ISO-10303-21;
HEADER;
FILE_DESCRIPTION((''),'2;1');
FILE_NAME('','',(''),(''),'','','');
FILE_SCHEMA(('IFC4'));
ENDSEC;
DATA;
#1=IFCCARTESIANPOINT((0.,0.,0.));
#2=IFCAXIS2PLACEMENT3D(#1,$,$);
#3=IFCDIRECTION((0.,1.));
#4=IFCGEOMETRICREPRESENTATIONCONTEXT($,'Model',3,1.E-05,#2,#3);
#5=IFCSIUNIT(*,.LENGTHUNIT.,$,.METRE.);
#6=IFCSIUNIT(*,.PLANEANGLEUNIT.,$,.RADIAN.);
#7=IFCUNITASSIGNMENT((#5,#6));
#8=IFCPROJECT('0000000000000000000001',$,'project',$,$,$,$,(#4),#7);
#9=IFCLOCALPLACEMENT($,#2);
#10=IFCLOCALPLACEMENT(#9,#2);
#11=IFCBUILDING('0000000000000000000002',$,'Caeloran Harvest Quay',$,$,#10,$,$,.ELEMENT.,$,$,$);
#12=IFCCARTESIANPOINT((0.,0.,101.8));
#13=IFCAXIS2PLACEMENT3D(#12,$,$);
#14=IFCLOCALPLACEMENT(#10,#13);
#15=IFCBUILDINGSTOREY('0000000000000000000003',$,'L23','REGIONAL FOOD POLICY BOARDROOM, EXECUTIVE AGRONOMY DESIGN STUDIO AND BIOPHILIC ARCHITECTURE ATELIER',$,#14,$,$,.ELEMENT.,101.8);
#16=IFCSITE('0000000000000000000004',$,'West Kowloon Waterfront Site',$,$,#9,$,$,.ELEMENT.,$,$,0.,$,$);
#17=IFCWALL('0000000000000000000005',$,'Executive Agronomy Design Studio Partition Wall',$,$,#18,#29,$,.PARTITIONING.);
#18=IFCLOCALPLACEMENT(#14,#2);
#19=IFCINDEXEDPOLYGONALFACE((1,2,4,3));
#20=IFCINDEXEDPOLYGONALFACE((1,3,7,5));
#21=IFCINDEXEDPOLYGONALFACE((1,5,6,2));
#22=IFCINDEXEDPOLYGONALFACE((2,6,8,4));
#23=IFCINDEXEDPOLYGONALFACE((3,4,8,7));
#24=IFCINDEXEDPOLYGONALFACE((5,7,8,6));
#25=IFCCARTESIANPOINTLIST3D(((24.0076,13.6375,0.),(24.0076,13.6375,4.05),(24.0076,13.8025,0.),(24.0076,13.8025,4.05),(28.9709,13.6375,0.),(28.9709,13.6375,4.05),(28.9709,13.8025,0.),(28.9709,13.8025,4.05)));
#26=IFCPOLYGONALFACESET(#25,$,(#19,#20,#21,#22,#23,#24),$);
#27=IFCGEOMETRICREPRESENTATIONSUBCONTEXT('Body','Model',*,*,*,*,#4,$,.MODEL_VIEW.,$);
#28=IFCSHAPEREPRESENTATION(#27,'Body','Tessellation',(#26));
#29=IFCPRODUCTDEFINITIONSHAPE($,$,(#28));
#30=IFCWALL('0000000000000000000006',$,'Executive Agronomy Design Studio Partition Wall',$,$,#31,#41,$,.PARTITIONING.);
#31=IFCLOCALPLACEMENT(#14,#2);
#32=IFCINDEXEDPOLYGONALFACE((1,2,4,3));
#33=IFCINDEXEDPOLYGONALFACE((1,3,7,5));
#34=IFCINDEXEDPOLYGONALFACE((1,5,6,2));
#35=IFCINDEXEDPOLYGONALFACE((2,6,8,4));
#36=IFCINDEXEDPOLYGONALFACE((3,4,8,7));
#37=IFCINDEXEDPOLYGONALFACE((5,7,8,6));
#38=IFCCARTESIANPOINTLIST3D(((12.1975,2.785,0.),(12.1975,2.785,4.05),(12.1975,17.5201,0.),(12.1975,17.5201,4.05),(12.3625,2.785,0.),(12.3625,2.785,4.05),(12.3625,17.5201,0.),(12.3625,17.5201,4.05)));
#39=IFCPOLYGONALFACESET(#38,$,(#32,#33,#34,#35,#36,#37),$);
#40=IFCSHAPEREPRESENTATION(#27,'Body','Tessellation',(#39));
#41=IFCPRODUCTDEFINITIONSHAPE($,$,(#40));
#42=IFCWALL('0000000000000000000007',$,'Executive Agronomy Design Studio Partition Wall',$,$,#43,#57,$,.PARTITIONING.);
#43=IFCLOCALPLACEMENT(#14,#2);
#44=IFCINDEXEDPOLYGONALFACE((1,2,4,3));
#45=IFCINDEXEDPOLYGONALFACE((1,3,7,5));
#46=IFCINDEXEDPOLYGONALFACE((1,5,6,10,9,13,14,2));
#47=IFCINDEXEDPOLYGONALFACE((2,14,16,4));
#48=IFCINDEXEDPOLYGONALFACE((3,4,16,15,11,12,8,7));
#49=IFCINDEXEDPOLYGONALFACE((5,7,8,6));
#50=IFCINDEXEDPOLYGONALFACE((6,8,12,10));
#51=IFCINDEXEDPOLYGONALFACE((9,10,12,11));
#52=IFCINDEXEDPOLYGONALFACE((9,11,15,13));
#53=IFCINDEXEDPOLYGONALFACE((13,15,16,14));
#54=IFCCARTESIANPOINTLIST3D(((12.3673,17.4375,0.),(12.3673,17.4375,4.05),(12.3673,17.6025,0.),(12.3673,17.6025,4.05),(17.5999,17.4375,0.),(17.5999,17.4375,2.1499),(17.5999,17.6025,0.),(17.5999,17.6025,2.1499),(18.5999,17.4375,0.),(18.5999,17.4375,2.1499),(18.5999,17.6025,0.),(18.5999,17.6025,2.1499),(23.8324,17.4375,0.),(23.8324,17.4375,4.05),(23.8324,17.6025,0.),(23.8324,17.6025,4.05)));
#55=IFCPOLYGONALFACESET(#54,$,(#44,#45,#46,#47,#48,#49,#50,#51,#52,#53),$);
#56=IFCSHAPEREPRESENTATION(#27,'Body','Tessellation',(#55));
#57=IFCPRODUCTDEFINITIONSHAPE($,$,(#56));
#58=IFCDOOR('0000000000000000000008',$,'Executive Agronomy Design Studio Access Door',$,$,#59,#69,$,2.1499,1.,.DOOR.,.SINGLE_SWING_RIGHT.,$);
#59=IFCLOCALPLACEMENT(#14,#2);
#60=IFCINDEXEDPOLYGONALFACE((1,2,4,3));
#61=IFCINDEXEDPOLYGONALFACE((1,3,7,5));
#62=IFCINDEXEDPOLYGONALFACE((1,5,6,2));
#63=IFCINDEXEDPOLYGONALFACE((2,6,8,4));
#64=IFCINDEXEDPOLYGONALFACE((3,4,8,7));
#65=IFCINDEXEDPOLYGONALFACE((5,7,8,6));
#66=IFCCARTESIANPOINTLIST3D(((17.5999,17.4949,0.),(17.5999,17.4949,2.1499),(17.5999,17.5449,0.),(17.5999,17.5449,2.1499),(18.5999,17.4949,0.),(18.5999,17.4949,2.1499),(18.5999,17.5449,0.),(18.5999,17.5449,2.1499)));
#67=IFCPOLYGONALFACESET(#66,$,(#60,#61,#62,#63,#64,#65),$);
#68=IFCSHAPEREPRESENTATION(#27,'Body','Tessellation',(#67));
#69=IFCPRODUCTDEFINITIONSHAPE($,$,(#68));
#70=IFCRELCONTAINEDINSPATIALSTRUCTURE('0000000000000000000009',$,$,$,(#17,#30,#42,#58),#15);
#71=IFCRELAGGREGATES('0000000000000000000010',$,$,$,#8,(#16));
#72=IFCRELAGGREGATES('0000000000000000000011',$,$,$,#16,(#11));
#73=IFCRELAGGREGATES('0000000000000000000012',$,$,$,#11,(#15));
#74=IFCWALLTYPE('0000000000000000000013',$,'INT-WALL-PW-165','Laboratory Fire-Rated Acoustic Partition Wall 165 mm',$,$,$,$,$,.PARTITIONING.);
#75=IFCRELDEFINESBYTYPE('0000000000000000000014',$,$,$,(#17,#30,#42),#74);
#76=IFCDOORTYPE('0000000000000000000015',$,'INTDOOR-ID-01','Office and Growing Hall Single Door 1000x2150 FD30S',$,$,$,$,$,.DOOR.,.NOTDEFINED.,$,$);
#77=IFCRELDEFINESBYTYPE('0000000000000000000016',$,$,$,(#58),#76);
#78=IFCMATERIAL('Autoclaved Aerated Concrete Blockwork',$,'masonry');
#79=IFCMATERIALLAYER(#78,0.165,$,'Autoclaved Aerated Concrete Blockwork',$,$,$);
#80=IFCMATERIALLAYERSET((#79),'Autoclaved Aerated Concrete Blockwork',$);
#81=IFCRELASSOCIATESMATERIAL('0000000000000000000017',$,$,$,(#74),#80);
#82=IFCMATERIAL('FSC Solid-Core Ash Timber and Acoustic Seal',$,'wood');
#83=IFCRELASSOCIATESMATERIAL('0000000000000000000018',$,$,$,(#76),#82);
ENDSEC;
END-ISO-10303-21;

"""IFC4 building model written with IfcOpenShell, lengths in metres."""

from ifc_helpers import new_model, si_unit, direction, frame, frame_2d, origin, place, context, subcontext, project, spatial, rectangle, extrude, material, layer, layer_set, type_object, element, fill, save


model = new_model("IFC4")

# Units and contexts
model_context = context("Model", 3, precision=1e-05, world=origin(), true_north=direction((0.0, 1.0)))
body_context = subcontext(model_context, "Body", "Model", "MODEL_VIEW")
ifc_project = project(units=[si_unit("LENGTHUNIT", "METRE"), si_unit("PLANEANGLEUNIT", "RADIAN")], contexts=[model_context])

# Site, building, storey
site_placement = place(None, origin())
site = spatial("IfcSite", under=ifc_project, at=site_placement, Name="West Kowloon Waterfront Site", CompositionType="ELEMENT", RefElevation=0.0)
building_placement = place(site_placement, origin())
building = spatial("IfcBuilding", under=site, at=building_placement, Name="Caeloran Harvest Quay", CompositionType="ELEMENT")
storey_placement = place(building_placement, frame((0.0, 0.0, 101.8)))
storey = spatial("IfcBuildingStorey", under=building, at=storey_placement, Name="L23", Description="REGIONAL FOOD POLICY BOARDROOM, EXECUTIVE AGRONOMY DESIGN STUDIO AND BIOPHILIC ARCHITECTURE ATELIER", CompositionType="ELEMENT", Elevation=101.8)

# Walls
ifc_material_1 = material(Name="Autoclaved Aerated Concrete Blockwork", Category="masonry")
ifc_layer_1 = layer(ifc_material_1, 0.165, Name="Autoclaved Aerated Concrete Blockwork")
ifc_layer_set_1 = layer_set([ifc_layer_1], Name="Autoclaved Aerated Concrete Blockwork")
wall_type_1 = type_object("IfcWallType", Name="INT-WALL-PW-165", Description="Laboratory Fire-Rated Acoustic Partition Wall 165 mm", PredefinedType="PARTITIONING", material=ifc_layer_set_1)
wall_1_placement = place(storey_placement, frame((24.0076, 13.72, 0.0), z_axis=(0.0, 0.0, 1.0), x_axis=(1.0, 0.0, 0.0)))
element("IfcWall", 1, at=wall_1_placement, inside=storey, type_object=wall_type_1, Name="Executive Agronomy Design Studio Partition Wall", PredefinedType="PARTITIONING", context=body_context, shape_type="SweptSolid", body=[
    extrude(rectangle(XDim=4.9634, YDim=0.165, at=frame_2d((2.4817, 0.0))), origin(), (0.0, 0.0, 1.0), 4.05),
])
wall_2_placement = place(storey_placement, frame((12.28, 2.7849, 0.0), z_axis=(0.0, 0.0, 1.0), x_axis=(0.0, 1.0, 0.0)))
element("IfcWall", 2, at=wall_2_placement, inside=storey, type_object=wall_type_1, Name="Executive Agronomy Design Studio Partition Wall", PredefinedType="PARTITIONING", context=body_context, shape_type="SweptSolid", body=[
    extrude(rectangle(XDim=14.7351, YDim=0.165, at=frame_2d((7.3677, 0.0))), origin(), (0.0, 0.0, 1.0), 4.05),
])

# Wall, opening, door
wall_3_placement = place(storey_placement, frame((12.3674, 17.52, 0.0), z_axis=(0.0, 0.0, 1.0), x_axis=(1.0, 0.0, 0.0)))
wall_3 = element("IfcWall", 3, at=wall_3_placement, inside=storey, type_object=wall_type_1, Name="Executive Agronomy Design Studio Partition Wall", PredefinedType="PARTITIONING", context=body_context, shape_type="SweptSolid", body=[
    extrude(rectangle(XDim=11.4651, YDim=0.165, at=frame_2d((5.7324, 0.0))), origin(), (0.0, 0.0, 1.0), 4.05),
])
opening_1_placement = place(wall_3_placement, frame((5.2324, 0.0, 0.0)))
opening_1 = element("IfcOpeningElement", 4, at=opening_1_placement, cuts=wall_3, PredefinedType="OPENING", context=body_context, shape_type="SweptSolid", body=[
    extrude(rectangle(XDim=1.0, YDim=2.1499, at=frame_2d((0.5, 1.075))), frame((0.0, 0.0925, 0.0), z_axis=(0.0, -1.0, 0.0), x_axis=(1.0, 0.0, 0.0)), (0.0, 0.0, 1.0), 0.1851),
])
ifc_material_2 = material(Name="FSC Solid-Core Ash Timber and Acoustic Seal", Category="wood")
door_type = type_object("IfcDoorType", Name="INTDOOR-ID-01", Description="Office and Growing Hall Single Door 1000x2150 FD30S", OperationType="NOTDEFINED", PredefinedType="DOOR", material=ifc_material_2)
door_placement = place(opening_1_placement, origin())
door = element("IfcDoor", 5, at=door_placement, inside=storey, type_object=door_type, Name="Executive Agronomy Design Studio Access Door", OperationType="SINGLE_SWING_RIGHT", OverallHeight=2.1499, OverallWidth=1.0, PredefinedType="DOOR", context=body_context, shape_type="SweptSolid", body=[
    extrude(rectangle(XDim=1.0, YDim=2.1499, at=frame_2d((0.5, 1.075))), frame((0.0, 0.0249, 0.0), z_axis=(0.0, -1.0, 0.0), x_axis=(1.0, 0.0, 0.0)), (0.0, 0.0, 1.0), 0.05),
])
fill(opening_1, door)

save(model, "model.ifc")
